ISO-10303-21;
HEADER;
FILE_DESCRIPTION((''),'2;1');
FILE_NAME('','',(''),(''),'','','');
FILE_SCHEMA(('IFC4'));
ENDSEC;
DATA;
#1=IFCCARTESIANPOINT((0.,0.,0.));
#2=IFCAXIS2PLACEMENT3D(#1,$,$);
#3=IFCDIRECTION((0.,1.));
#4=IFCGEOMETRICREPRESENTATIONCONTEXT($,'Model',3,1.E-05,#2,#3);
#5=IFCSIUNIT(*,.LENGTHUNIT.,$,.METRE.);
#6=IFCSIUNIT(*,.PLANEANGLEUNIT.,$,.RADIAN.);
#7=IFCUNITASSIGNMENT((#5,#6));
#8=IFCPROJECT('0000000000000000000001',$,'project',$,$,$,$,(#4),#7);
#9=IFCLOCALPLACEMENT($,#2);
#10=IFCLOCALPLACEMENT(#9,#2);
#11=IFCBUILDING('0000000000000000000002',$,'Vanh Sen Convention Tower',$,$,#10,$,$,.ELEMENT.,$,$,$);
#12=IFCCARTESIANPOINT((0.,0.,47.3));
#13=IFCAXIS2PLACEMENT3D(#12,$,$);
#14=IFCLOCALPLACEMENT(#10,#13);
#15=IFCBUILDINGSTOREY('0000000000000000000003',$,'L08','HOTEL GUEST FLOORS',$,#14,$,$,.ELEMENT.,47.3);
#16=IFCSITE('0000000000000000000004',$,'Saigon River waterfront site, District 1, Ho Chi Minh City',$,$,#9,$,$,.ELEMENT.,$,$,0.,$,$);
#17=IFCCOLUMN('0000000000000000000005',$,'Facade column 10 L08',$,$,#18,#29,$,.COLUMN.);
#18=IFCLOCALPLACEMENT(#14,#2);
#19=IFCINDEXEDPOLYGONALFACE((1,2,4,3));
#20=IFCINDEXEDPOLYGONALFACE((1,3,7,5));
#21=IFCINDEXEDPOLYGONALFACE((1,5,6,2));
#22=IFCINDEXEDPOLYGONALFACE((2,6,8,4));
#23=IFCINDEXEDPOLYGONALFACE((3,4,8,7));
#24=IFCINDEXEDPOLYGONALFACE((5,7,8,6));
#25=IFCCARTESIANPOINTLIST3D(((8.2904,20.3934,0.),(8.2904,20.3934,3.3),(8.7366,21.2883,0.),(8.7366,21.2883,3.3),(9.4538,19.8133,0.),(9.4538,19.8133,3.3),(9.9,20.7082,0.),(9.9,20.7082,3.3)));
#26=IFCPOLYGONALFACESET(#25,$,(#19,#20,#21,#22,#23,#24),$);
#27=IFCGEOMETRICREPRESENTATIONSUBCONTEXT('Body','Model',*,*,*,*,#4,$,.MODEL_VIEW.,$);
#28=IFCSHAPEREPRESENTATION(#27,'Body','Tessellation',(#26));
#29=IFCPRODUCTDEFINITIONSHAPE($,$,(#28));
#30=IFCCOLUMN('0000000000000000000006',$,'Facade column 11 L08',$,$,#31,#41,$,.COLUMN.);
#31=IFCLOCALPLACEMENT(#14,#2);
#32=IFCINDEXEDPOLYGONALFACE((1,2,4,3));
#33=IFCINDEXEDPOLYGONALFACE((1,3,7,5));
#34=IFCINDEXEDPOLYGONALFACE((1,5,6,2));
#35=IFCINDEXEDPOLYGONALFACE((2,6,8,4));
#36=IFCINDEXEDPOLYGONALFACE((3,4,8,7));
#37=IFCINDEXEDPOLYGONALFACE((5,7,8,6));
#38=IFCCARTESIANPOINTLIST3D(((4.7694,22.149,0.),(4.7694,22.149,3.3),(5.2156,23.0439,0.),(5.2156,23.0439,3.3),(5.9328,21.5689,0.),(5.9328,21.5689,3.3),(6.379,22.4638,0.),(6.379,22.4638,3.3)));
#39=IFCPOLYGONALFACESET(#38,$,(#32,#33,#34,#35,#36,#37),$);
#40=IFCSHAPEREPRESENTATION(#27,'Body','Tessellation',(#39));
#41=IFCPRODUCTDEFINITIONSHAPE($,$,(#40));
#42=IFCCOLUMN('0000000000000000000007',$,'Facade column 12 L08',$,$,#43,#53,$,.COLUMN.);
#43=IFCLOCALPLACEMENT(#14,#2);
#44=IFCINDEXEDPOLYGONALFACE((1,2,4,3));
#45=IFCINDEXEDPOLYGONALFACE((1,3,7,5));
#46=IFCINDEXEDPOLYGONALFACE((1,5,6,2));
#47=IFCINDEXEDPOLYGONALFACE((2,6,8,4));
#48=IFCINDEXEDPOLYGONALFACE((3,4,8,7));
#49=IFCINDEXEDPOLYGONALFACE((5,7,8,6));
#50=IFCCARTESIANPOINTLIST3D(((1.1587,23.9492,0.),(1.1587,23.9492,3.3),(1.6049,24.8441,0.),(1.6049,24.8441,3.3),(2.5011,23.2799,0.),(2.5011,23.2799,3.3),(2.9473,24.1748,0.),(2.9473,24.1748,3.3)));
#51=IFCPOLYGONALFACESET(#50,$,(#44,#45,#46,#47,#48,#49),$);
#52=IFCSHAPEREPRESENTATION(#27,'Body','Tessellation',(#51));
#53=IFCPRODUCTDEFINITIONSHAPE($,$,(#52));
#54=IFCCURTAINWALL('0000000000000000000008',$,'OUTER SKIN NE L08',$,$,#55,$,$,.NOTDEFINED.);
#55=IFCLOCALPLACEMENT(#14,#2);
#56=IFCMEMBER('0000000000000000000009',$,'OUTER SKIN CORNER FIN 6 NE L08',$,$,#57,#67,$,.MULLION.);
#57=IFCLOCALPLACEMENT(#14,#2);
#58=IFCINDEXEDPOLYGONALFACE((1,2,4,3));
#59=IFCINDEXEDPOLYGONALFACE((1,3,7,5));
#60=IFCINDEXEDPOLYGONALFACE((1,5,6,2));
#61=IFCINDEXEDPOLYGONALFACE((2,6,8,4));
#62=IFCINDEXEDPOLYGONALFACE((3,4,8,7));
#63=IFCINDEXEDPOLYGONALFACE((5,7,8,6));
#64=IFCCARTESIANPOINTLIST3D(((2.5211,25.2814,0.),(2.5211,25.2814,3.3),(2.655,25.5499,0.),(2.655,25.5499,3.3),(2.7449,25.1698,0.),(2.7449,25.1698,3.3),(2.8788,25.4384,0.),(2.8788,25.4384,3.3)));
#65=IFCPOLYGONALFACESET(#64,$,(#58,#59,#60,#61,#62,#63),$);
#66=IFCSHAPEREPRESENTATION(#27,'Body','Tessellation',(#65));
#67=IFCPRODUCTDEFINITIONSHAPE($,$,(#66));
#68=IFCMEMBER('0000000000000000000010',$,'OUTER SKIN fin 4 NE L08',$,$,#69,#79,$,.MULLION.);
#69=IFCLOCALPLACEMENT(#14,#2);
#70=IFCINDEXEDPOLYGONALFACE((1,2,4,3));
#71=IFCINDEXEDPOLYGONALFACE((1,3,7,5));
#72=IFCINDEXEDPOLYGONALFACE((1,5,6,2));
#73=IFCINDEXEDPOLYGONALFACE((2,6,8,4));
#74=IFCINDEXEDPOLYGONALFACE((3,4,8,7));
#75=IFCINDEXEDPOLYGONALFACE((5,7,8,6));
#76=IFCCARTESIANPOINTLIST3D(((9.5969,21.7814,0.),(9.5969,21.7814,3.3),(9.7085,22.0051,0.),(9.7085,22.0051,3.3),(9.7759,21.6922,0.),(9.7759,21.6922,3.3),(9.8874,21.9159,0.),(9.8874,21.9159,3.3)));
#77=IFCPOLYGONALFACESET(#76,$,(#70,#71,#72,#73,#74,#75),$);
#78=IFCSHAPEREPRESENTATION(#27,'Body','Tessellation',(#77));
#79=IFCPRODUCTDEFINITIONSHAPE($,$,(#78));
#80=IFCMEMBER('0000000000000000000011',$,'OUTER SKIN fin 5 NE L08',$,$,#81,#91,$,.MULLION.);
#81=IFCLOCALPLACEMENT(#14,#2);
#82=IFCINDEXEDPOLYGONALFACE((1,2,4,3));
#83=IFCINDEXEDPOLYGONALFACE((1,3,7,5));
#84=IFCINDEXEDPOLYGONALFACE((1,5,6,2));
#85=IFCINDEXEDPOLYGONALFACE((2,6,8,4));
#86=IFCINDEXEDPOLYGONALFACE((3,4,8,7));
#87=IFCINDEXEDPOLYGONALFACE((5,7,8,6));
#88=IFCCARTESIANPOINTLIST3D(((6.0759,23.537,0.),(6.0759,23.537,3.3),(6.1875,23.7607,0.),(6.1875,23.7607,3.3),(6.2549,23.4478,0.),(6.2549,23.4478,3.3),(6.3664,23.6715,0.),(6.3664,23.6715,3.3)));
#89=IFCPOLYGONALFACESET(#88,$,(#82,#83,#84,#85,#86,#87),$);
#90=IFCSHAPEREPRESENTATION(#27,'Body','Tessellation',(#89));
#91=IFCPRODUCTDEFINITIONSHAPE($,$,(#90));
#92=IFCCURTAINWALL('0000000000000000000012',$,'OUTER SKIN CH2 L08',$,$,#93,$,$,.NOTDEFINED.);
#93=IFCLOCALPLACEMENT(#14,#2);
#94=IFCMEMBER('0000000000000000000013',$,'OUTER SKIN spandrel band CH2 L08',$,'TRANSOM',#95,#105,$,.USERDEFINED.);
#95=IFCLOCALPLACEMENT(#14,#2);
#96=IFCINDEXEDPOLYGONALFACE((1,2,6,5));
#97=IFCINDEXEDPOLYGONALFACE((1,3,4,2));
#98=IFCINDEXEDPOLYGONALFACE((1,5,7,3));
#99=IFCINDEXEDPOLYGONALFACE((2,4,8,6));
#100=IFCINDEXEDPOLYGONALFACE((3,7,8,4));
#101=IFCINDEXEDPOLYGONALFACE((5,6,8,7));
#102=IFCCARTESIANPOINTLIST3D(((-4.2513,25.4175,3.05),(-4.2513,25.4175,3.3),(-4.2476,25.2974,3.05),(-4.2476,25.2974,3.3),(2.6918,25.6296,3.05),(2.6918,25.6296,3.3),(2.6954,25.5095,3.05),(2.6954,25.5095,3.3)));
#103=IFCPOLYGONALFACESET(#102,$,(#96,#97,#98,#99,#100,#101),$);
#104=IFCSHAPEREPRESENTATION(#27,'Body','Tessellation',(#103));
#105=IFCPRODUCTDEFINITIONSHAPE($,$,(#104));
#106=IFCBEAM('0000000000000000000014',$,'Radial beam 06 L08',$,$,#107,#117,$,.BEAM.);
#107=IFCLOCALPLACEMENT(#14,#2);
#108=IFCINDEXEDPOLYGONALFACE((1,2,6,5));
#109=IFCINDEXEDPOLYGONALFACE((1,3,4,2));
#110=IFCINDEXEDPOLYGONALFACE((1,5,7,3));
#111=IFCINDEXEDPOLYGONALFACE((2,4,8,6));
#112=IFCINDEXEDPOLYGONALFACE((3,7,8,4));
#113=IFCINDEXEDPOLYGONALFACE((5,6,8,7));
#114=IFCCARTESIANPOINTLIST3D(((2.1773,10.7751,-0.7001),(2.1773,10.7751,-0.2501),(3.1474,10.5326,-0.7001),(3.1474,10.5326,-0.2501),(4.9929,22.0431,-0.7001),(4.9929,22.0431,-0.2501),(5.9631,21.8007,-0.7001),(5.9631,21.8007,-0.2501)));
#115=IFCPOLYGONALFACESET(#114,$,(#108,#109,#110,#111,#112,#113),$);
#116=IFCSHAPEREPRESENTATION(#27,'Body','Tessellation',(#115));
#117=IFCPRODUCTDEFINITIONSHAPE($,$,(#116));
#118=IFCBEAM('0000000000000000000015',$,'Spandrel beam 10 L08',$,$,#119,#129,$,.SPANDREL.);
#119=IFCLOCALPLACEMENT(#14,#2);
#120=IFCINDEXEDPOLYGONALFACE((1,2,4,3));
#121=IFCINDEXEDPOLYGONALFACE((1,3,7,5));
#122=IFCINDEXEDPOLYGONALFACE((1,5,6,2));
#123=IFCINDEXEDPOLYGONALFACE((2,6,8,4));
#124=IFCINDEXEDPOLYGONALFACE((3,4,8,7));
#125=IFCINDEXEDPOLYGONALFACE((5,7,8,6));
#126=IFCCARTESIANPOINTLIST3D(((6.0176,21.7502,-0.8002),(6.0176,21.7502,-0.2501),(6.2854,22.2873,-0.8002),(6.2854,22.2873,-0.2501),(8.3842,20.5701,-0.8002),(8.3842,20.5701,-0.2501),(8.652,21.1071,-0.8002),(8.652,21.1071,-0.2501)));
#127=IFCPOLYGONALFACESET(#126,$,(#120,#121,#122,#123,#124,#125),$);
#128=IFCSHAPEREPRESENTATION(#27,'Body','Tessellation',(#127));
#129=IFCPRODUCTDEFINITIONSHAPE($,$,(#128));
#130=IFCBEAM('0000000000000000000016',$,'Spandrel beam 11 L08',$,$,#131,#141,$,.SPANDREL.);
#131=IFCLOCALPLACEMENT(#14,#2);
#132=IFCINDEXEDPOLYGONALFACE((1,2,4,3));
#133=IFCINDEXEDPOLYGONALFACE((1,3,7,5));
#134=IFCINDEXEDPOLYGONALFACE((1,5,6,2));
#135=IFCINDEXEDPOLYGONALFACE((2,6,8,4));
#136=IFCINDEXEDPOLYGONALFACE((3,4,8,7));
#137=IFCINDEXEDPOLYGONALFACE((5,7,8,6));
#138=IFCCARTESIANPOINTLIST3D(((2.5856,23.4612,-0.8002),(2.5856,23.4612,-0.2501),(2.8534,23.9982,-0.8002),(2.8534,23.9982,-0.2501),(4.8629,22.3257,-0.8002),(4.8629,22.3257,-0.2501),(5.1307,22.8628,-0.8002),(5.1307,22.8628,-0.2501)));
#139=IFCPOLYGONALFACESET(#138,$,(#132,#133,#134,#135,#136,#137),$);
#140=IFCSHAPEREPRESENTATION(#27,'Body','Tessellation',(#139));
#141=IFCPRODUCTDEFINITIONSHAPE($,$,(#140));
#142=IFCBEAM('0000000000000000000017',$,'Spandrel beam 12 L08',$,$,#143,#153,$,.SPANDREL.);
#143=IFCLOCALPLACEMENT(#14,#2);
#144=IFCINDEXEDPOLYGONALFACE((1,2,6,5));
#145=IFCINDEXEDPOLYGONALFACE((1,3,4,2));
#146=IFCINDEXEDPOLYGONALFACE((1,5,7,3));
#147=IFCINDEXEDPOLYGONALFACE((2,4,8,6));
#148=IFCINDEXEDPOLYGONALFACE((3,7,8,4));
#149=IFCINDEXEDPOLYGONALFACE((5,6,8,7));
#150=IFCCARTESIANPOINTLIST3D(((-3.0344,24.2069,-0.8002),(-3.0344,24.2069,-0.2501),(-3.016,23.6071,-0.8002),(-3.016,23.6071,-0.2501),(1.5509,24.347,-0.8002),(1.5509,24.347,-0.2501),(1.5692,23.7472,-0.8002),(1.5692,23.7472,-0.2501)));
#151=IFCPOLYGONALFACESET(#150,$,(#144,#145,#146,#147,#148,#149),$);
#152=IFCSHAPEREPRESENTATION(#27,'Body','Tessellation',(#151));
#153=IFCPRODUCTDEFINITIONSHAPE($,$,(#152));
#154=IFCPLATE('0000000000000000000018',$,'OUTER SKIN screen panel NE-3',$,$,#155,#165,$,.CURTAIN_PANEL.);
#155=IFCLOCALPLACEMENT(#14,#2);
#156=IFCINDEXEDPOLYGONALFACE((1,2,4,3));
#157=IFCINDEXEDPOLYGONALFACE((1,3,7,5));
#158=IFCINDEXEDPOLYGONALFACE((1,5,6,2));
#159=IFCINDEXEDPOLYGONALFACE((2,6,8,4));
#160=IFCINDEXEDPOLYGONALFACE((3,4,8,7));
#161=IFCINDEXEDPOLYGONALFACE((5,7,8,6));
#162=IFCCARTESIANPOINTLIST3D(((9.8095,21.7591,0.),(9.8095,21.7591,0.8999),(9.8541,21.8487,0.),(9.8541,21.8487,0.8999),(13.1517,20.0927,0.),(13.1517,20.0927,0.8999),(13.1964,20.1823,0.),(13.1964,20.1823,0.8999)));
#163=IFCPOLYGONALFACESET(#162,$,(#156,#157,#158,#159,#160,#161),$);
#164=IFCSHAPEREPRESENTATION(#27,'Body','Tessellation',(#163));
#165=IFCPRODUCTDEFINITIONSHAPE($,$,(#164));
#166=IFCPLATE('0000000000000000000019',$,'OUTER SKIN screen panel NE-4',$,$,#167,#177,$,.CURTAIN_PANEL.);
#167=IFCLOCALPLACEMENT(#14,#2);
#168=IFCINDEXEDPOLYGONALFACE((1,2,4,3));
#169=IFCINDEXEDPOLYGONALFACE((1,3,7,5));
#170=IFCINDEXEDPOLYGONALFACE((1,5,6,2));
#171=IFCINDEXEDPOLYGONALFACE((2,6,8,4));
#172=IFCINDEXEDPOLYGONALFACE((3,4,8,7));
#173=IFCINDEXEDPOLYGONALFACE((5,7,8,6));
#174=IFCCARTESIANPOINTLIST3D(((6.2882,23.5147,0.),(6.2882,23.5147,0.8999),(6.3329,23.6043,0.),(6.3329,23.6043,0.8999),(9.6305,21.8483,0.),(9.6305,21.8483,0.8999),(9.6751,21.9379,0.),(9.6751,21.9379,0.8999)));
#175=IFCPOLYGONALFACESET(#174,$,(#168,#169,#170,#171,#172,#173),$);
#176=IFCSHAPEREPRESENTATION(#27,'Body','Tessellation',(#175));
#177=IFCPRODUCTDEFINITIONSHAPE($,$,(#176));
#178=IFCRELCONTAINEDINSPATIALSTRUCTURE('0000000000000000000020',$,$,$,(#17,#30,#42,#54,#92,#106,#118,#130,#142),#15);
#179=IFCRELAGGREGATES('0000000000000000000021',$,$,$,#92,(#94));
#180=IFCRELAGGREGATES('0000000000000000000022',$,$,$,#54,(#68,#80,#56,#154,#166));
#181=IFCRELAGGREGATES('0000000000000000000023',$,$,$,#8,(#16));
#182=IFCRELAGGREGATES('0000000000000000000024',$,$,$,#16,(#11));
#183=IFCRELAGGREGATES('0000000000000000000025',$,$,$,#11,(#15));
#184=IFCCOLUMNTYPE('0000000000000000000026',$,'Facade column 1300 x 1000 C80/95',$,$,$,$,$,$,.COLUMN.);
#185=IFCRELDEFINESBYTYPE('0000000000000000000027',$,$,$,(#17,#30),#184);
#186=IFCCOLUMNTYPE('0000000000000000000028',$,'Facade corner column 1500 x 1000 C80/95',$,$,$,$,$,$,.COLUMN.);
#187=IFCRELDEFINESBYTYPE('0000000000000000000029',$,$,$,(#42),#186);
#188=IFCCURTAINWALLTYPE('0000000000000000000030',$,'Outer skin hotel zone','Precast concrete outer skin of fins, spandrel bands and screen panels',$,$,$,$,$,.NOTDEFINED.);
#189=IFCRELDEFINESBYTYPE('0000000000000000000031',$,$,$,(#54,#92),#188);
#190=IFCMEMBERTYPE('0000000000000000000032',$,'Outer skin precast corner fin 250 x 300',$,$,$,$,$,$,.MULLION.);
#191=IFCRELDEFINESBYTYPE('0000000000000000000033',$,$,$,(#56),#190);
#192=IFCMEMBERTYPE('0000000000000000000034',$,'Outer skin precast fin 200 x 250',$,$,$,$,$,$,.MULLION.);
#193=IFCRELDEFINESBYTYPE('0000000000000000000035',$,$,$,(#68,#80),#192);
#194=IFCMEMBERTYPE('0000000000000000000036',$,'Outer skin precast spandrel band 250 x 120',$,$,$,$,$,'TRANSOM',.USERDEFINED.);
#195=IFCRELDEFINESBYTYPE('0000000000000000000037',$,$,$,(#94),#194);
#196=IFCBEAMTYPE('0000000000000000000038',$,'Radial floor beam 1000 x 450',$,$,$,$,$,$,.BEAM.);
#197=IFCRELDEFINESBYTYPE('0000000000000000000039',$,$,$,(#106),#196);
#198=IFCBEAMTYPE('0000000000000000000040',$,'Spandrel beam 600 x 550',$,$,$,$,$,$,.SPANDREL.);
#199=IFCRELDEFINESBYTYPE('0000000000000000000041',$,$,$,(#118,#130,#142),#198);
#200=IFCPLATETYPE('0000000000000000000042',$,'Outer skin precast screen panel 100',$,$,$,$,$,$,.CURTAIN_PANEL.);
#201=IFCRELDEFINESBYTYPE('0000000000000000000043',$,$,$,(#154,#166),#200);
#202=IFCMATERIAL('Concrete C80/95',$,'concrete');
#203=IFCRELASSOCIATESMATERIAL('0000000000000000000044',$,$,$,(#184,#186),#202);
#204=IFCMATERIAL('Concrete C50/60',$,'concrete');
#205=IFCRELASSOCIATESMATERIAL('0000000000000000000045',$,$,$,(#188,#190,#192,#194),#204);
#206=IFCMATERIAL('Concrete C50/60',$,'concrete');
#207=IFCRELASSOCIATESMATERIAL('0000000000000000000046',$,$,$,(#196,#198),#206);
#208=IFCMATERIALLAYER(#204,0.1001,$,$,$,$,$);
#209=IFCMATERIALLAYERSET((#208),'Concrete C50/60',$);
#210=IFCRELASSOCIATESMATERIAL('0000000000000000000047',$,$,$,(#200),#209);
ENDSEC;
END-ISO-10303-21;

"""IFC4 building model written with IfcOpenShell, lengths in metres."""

from ifc_helpers import new_model, si_unit, direction, frame, origin, origin_2d, place, context, subcontext, project, spatial, rectangle, extrude, material, layer, layer_set, material_profile, profile_set, type_object, element, aggregate, save


model = new_model("IFC4")

# Units and contexts
model_context = context("Model", 3, precision=1e-05, world=origin(), true_north=direction((0.0, 1.0)))
body_context = subcontext(model_context, "Body", "Model", "MODEL_VIEW")
ifc_project = project(units=[si_unit("LENGTHUNIT", "METRE"), si_unit("PLANEANGLEUNIT", "RADIAN")], contexts=[model_context])

# Site, building, storey
site_placement = place(None, origin())
site = spatial("IfcSite", under=ifc_project, at=site_placement, Name="Saigon River waterfront site, District 1, Ho Chi Minh City", CompositionType="ELEMENT", RefElevation=0.0)
building_placement = place(site_placement, origin())
building = spatial("IfcBuilding", under=site, at=building_placement, Name="Vanh Sen Convention Tower", CompositionType="ELEMENT")
storey_placement = place(building_placement, frame((0.0, 0.0, 47.3)))
storey = spatial("IfcBuildingStorey", under=building, at=storey_placement, Name="L08", Description="HOTEL GUEST FLOORS", CompositionType="ELEMENT", Elevation=47.3)

# Columns
ifc_material_1 = material(Name="Concrete C80/95", Category="concrete")
ifc_material_profile_1 = material_profile(ifc_material_1, rectangle(XDim=1.3, YDim=1.0, at=origin_2d()), Name="RC 1300X1000")
ifc_profile_set_1 = profile_set([ifc_material_profile_1], Name="Concrete C80/95")
column_type_1 = type_object("IfcColumnType", Name="Facade column 1300 x 1000 C80/95", PredefinedType="COLUMN", material=ifc_profile_set_1)
for number, where, z_axis, x_axis, name in (
    (1, (9.0952, 20.5508, 0.0), (0.0, 0.0, 1.0), (-0.894934, 0.446198, 0.0), "Facade column 10 L08"),
    (2, (5.5742, 22.3064, 0.0), (0.0, 0.0, 1.0), (-0.894934, 0.446198, 0.0), "Facade column 11 L08"),
):
    element("IfcColumn", number, at=place(storey_placement, frame(where, z_axis=z_axis, x_axis=x_axis)), inside=storey, type_object=column_type_1, Name=name, PredefinedType="COLUMN", context=body_context, shape_type="SweptSolid", body=[
        extrude(rectangle(XDim=1.3, YDim=1.0, at=origin_2d()), origin(), (0.0, 0.0, 1.0), 3.3),
    ])
ifc_material_profile_2 = material_profile(ifc_material_1, rectangle(XDim=1.5, YDim=1.0, at=origin_2d()), Name="RC 1500X1000")
ifc_profile_set_2 = profile_set([ifc_material_profile_2], Name="Concrete C80/95")
column_type_2 = type_object("IfcColumnType", Name="Facade corner column 1500 x 1000 C80/95", PredefinedType="COLUMN", material=ifc_profile_set_2)
column_placement = place(storey_placement, frame((2.053, 24.062, 0.0), z_axis=(0.0, 0.0, 1.0), x_axis=(-0.894934, 0.446198, 0.0)))
element("IfcColumn", 3, at=column_placement, inside=storey, type_object=column_type_2, Name="Facade column 12 L08", PredefinedType="COLUMN", context=body_context, shape_type="SweptSolid", body=[
    extrude(rectangle(XDim=1.5, YDim=1.0, at=origin_2d()), origin(), (0.0, 0.0, 1.0), 3.3),
])

# Curtain wall, members
ifc_material_2 = material(Name="Concrete C50/60", Category="concrete")
curtain_wall_type = type_object("IfcCurtainWallType", Name="Outer skin hotel zone", Description="Precast concrete outer skin of fins, spandrel bands and screen panels", PredefinedType="NOTDEFINED", material=ifc_material_2)
curtain_wall_1_placement = place(storey_placement, origin())
curtain_wall_1 = element("IfcCurtainWall", 4, at=curtain_wall_1_placement, inside=storey, type_object=curtain_wall_type, Name="OUTER SKIN NE L08", PredefinedType="NOTDEFINED")
ifc_material_profile_3 = material_profile(ifc_material_2, rectangle(XDim=0.25, YDim=0.3, at=origin_2d()), Name="Outer skin precast corner fin 250 x 300")
ifc_profile_set_3 = profile_set([ifc_material_profile_3], Name="Concrete C50/60")
member_type_1 = type_object("IfcMemberType", Name="Outer skin precast corner fin 250 x 300", PredefinedType="MULLION", material=ifc_profile_set_3)
member_1_placement = place(storey_placement, frame((2.7, 25.3599, 0.0), z_axis=(0.0, 0.0, 1.0), x_axis=(-0.894934, 0.446198, 0.0)))
member_1 = element("IfcMember", 5, at=member_1_placement, type_object=member_type_1, Name="OUTER SKIN CORNER FIN 6 NE L08", PredefinedType="MULLION", context=body_context, shape_type="SweptSolid", body=[
    extrude(rectangle(XDim=0.25, YDim=0.3, at=origin_2d()), origin(), (0.0, 0.0, 1.0), 3.3),
])
ifc_material_profile_4 = material_profile(ifc_material_2, rectangle(XDim=0.2, YDim=0.25, at=origin_2d()), Name="Outer skin precast fin 200 x 250")
ifc_profile_set_4 = profile_set([ifc_material_profile_4], Name="Concrete C50/60")
member_type_2 = type_object("IfcMemberType", Name="Outer skin precast fin 200 x 250", PredefinedType="MULLION", material=ifc_profile_set_4)
member_2_placement = place(storey_placement, frame((9.7422, 21.8486, 0.0), z_axis=(0.0, 0.0, 1.0), x_axis=(-0.894934, 0.446198, 0.0)))
member_2 = element("IfcMember", 6, at=member_2_placement, type_object=member_type_2, Name="OUTER SKIN fin 4 NE L08", PredefinedType="MULLION", context=body_context, shape_type="SweptSolid", body=[
    extrude(rectangle(XDim=0.2, YDim=0.25, at=origin_2d()), origin(), (0.0, 0.0, 1.0), 3.3),
])
member_3_placement = place(storey_placement, frame((6.2212, 23.6042, 0.0), z_axis=(0.0, 0.0, 1.0), x_axis=(-0.894934, 0.446198, 0.0)))
member_3 = element("IfcMember", 7, at=member_3_placement, type_object=member_type_2, Name="OUTER SKIN fin 5 NE L08", PredefinedType="MULLION", context=body_context, shape_type="SweptSolid", body=[
    extrude(rectangle(XDim=0.2, YDim=0.25, at=origin_2d()), origin(), (0.0, 0.0, 1.0), 3.3),
])

# Curtain wall, member
curtain_wall_2_placement = place(storey_placement, origin())
curtain_wall_2 = element("IfcCurtainWall", 8, at=curtain_wall_2_placement, inside=storey, type_object=curtain_wall_type, Name="OUTER SKIN CH2 L08", PredefinedType="NOTDEFINED")
ifc_material_profile_5 = material_profile(ifc_material_2, rectangle(XDim=0.1201, YDim=0.25, at=origin_2d()), Name="Outer skin precast spandrel band 250 x 120")
ifc_profile_set_5 = profile_set([ifc_material_profile_5], Name="Concrete C50/60")
member_type_3 = type_object("IfcMemberType", Name="Outer skin precast spandrel band 250 x 120", ElementType="TRANSOM", PredefinedType="USERDEFINED", material=ifc_profile_set_5)
member_4_placement = place(storey_placement, frame((2.6936, 25.5696, 3.175), z_axis=(-0.999533, -0.030542, 0.0), x_axis=(0.030542, -0.999533, 0.0)))
member_4 = element("IfcMember", 9, at=member_4_placement, type_object=member_type_3, Name="OUTER SKIN spandrel band CH2 L08", ObjectType="TRANSOM", PredefinedType="USERDEFINED", context=body_context, shape_type="SweptSolid", body=[
    extrude(rectangle(XDim=0.1201, YDim=0.25, at=origin_2d()), origin(), (0.0, 0.0, 1.0), 6.9463),
])
aggregate(curtain_wall_2, [member_4])

# Beams
ifc_material_3 = material(Name="Concrete C50/60", Category="concrete")
ifc_material_profile_6 = material_profile(ifc_material_3, rectangle(XDim=1.0, YDim=0.45, at=origin_2d()), Name="RC 1000X450")
ifc_profile_set_6 = profile_set([ifc_material_profile_6], Name="Concrete C50/60")
beam_type_1 = type_object("IfcBeamType", Name="Radial floor beam 1000 x 450", PredefinedType="BEAM", material=ifc_profile_set_6)
beam_1_placement = place(storey_placement, frame((5.478, 21.9219, -0.4751), z_axis=(-0.242427, -0.97017, 0.0), x_axis=(0.97017, -0.242427, 0.0)))
element("IfcBeam", 10, at=beam_1_placement, inside=storey, type_object=beam_type_1, Name="Radial beam 06 L08", PredefinedType="BEAM", context=body_context, shape_type="SweptSolid", body=[
    extrude(rectangle(XDim=1.0, YDim=0.45, at=origin_2d()), origin(), (0.0, 0.0, 1.0), 11.6145),
])
ifc_material_profile_7 = material_profile(ifc_material_3, rectangle(XDim=0.6001, YDim=0.55, at=origin_2d()), Name="RC 600X550")
ifc_profile_set_7 = profile_set([ifc_material_profile_7], Name="Concrete C50/60")
beam_type_2 = type_object("IfcBeamType", Name="Spandrel beam 600 x 550", PredefinedType="SPANDREL", material=ifc_profile_set_7)
beam_2_placement = place(storey_placement, frame((8.5181, 20.8386, -0.5251), z_axis=(-0.894907, 0.446253, 0.0), x_axis=(-0.446253, -0.894907, 0.0)))
element("IfcBeam", 11, at=beam_2_placement, inside=storey, type_object=beam_type_2, Name="Spandrel beam 10 L08", PredefinedType="SPANDREL", context=body_context, shape_type="SweptSolid", body=[
    extrude(rectangle(XDim=0.6001, YDim=0.55, at=origin_2d()), origin(), (0.0, 0.0, 1.0), 2.6445),
])
beam_3_placement = place(storey_placement, frame((4.9968, 22.5942, -0.5251), z_axis=(-0.894926, 0.446216, 0.0), x_axis=(-0.446216, -0.894926, 0.0)))
element("IfcBeam", 12, at=beam_3_placement, inside=storey, type_object=beam_type_2, Name="Spandrel beam 11 L08", PredefinedType="SPANDREL", context=body_context, shape_type="SweptSolid", body=[
    extrude(rectangle(XDim=0.6001, YDim=0.55, at=origin_2d()), origin(), (0.0, 0.0, 1.0), 2.5447),
])
beam_4_placement = place(storey_placement, frame((1.5601, 24.0471, -0.5251), z_axis=(-0.999533, -0.030549, 0.0), x_axis=(0.030549, -0.999533, 0.0)))
element("IfcBeam", 13, at=beam_4_placement, inside=storey, type_object=beam_type_2, Name="Spandrel beam 12 L08", PredefinedType="SPANDREL", context=body_context, shape_type="SweptSolid", body=[
    extrude(rectangle(XDim=0.6001, YDim=0.55, at=origin_2d()), origin(), (0.0, 0.0, 1.0), 4.5874),
])

# Plates
ifc_layer_1 = layer(ifc_material_2, 0.1001)
ifc_layer_set_1 = layer_set([ifc_layer_1], Name="Concrete C50/60")
plate_type = type_object("IfcPlateType", Name="Outer skin precast screen panel 100", PredefinedType="CURTAIN_PANEL", material=ifc_layer_set_1)
plate_1_placement = place(storey_placement, frame((11.5029, 20.9707, 0.0), z_axis=(0.0, 0.0, 1.0), x_axis=(-0.894935, 0.446196, 0.0)))
plate_1 = element("IfcPlate", 14, at=plate_1_placement, type_object=plate_type, Name="OUTER SKIN screen panel NE-3", PredefinedType="CURTAIN_PANEL", context=body_context, shape_type="SweptSolid", body=[
    extrude(rectangle(XDim=3.7346, YDim=0.1001, at=origin_2d()), origin(), (0.0, 0.0, 1.0), 0.8999),
])
plate_2_placement = place(storey_placement, frame((7.9817, 22.7263, 0.0), z_axis=(0.0, 0.0, 1.0), x_axis=(-0.894935, 0.446196, 0.0)))
plate_2 = element("IfcPlate", 15, at=plate_2_placement, type_object=plate_type, Name="OUTER SKIN screen panel NE-4", PredefinedType="CURTAIN_PANEL", context=body_context, shape_type="SweptSolid", body=[
    extrude(rectangle(XDim=3.7346, YDim=0.1001, at=origin_2d()), origin(), (0.0, 0.0, 1.0), 0.8999),
])
aggregate(curtain_wall_1, [member_2, member_3, member_1, plate_1, plate_2])

save(model, "model.ifc")
